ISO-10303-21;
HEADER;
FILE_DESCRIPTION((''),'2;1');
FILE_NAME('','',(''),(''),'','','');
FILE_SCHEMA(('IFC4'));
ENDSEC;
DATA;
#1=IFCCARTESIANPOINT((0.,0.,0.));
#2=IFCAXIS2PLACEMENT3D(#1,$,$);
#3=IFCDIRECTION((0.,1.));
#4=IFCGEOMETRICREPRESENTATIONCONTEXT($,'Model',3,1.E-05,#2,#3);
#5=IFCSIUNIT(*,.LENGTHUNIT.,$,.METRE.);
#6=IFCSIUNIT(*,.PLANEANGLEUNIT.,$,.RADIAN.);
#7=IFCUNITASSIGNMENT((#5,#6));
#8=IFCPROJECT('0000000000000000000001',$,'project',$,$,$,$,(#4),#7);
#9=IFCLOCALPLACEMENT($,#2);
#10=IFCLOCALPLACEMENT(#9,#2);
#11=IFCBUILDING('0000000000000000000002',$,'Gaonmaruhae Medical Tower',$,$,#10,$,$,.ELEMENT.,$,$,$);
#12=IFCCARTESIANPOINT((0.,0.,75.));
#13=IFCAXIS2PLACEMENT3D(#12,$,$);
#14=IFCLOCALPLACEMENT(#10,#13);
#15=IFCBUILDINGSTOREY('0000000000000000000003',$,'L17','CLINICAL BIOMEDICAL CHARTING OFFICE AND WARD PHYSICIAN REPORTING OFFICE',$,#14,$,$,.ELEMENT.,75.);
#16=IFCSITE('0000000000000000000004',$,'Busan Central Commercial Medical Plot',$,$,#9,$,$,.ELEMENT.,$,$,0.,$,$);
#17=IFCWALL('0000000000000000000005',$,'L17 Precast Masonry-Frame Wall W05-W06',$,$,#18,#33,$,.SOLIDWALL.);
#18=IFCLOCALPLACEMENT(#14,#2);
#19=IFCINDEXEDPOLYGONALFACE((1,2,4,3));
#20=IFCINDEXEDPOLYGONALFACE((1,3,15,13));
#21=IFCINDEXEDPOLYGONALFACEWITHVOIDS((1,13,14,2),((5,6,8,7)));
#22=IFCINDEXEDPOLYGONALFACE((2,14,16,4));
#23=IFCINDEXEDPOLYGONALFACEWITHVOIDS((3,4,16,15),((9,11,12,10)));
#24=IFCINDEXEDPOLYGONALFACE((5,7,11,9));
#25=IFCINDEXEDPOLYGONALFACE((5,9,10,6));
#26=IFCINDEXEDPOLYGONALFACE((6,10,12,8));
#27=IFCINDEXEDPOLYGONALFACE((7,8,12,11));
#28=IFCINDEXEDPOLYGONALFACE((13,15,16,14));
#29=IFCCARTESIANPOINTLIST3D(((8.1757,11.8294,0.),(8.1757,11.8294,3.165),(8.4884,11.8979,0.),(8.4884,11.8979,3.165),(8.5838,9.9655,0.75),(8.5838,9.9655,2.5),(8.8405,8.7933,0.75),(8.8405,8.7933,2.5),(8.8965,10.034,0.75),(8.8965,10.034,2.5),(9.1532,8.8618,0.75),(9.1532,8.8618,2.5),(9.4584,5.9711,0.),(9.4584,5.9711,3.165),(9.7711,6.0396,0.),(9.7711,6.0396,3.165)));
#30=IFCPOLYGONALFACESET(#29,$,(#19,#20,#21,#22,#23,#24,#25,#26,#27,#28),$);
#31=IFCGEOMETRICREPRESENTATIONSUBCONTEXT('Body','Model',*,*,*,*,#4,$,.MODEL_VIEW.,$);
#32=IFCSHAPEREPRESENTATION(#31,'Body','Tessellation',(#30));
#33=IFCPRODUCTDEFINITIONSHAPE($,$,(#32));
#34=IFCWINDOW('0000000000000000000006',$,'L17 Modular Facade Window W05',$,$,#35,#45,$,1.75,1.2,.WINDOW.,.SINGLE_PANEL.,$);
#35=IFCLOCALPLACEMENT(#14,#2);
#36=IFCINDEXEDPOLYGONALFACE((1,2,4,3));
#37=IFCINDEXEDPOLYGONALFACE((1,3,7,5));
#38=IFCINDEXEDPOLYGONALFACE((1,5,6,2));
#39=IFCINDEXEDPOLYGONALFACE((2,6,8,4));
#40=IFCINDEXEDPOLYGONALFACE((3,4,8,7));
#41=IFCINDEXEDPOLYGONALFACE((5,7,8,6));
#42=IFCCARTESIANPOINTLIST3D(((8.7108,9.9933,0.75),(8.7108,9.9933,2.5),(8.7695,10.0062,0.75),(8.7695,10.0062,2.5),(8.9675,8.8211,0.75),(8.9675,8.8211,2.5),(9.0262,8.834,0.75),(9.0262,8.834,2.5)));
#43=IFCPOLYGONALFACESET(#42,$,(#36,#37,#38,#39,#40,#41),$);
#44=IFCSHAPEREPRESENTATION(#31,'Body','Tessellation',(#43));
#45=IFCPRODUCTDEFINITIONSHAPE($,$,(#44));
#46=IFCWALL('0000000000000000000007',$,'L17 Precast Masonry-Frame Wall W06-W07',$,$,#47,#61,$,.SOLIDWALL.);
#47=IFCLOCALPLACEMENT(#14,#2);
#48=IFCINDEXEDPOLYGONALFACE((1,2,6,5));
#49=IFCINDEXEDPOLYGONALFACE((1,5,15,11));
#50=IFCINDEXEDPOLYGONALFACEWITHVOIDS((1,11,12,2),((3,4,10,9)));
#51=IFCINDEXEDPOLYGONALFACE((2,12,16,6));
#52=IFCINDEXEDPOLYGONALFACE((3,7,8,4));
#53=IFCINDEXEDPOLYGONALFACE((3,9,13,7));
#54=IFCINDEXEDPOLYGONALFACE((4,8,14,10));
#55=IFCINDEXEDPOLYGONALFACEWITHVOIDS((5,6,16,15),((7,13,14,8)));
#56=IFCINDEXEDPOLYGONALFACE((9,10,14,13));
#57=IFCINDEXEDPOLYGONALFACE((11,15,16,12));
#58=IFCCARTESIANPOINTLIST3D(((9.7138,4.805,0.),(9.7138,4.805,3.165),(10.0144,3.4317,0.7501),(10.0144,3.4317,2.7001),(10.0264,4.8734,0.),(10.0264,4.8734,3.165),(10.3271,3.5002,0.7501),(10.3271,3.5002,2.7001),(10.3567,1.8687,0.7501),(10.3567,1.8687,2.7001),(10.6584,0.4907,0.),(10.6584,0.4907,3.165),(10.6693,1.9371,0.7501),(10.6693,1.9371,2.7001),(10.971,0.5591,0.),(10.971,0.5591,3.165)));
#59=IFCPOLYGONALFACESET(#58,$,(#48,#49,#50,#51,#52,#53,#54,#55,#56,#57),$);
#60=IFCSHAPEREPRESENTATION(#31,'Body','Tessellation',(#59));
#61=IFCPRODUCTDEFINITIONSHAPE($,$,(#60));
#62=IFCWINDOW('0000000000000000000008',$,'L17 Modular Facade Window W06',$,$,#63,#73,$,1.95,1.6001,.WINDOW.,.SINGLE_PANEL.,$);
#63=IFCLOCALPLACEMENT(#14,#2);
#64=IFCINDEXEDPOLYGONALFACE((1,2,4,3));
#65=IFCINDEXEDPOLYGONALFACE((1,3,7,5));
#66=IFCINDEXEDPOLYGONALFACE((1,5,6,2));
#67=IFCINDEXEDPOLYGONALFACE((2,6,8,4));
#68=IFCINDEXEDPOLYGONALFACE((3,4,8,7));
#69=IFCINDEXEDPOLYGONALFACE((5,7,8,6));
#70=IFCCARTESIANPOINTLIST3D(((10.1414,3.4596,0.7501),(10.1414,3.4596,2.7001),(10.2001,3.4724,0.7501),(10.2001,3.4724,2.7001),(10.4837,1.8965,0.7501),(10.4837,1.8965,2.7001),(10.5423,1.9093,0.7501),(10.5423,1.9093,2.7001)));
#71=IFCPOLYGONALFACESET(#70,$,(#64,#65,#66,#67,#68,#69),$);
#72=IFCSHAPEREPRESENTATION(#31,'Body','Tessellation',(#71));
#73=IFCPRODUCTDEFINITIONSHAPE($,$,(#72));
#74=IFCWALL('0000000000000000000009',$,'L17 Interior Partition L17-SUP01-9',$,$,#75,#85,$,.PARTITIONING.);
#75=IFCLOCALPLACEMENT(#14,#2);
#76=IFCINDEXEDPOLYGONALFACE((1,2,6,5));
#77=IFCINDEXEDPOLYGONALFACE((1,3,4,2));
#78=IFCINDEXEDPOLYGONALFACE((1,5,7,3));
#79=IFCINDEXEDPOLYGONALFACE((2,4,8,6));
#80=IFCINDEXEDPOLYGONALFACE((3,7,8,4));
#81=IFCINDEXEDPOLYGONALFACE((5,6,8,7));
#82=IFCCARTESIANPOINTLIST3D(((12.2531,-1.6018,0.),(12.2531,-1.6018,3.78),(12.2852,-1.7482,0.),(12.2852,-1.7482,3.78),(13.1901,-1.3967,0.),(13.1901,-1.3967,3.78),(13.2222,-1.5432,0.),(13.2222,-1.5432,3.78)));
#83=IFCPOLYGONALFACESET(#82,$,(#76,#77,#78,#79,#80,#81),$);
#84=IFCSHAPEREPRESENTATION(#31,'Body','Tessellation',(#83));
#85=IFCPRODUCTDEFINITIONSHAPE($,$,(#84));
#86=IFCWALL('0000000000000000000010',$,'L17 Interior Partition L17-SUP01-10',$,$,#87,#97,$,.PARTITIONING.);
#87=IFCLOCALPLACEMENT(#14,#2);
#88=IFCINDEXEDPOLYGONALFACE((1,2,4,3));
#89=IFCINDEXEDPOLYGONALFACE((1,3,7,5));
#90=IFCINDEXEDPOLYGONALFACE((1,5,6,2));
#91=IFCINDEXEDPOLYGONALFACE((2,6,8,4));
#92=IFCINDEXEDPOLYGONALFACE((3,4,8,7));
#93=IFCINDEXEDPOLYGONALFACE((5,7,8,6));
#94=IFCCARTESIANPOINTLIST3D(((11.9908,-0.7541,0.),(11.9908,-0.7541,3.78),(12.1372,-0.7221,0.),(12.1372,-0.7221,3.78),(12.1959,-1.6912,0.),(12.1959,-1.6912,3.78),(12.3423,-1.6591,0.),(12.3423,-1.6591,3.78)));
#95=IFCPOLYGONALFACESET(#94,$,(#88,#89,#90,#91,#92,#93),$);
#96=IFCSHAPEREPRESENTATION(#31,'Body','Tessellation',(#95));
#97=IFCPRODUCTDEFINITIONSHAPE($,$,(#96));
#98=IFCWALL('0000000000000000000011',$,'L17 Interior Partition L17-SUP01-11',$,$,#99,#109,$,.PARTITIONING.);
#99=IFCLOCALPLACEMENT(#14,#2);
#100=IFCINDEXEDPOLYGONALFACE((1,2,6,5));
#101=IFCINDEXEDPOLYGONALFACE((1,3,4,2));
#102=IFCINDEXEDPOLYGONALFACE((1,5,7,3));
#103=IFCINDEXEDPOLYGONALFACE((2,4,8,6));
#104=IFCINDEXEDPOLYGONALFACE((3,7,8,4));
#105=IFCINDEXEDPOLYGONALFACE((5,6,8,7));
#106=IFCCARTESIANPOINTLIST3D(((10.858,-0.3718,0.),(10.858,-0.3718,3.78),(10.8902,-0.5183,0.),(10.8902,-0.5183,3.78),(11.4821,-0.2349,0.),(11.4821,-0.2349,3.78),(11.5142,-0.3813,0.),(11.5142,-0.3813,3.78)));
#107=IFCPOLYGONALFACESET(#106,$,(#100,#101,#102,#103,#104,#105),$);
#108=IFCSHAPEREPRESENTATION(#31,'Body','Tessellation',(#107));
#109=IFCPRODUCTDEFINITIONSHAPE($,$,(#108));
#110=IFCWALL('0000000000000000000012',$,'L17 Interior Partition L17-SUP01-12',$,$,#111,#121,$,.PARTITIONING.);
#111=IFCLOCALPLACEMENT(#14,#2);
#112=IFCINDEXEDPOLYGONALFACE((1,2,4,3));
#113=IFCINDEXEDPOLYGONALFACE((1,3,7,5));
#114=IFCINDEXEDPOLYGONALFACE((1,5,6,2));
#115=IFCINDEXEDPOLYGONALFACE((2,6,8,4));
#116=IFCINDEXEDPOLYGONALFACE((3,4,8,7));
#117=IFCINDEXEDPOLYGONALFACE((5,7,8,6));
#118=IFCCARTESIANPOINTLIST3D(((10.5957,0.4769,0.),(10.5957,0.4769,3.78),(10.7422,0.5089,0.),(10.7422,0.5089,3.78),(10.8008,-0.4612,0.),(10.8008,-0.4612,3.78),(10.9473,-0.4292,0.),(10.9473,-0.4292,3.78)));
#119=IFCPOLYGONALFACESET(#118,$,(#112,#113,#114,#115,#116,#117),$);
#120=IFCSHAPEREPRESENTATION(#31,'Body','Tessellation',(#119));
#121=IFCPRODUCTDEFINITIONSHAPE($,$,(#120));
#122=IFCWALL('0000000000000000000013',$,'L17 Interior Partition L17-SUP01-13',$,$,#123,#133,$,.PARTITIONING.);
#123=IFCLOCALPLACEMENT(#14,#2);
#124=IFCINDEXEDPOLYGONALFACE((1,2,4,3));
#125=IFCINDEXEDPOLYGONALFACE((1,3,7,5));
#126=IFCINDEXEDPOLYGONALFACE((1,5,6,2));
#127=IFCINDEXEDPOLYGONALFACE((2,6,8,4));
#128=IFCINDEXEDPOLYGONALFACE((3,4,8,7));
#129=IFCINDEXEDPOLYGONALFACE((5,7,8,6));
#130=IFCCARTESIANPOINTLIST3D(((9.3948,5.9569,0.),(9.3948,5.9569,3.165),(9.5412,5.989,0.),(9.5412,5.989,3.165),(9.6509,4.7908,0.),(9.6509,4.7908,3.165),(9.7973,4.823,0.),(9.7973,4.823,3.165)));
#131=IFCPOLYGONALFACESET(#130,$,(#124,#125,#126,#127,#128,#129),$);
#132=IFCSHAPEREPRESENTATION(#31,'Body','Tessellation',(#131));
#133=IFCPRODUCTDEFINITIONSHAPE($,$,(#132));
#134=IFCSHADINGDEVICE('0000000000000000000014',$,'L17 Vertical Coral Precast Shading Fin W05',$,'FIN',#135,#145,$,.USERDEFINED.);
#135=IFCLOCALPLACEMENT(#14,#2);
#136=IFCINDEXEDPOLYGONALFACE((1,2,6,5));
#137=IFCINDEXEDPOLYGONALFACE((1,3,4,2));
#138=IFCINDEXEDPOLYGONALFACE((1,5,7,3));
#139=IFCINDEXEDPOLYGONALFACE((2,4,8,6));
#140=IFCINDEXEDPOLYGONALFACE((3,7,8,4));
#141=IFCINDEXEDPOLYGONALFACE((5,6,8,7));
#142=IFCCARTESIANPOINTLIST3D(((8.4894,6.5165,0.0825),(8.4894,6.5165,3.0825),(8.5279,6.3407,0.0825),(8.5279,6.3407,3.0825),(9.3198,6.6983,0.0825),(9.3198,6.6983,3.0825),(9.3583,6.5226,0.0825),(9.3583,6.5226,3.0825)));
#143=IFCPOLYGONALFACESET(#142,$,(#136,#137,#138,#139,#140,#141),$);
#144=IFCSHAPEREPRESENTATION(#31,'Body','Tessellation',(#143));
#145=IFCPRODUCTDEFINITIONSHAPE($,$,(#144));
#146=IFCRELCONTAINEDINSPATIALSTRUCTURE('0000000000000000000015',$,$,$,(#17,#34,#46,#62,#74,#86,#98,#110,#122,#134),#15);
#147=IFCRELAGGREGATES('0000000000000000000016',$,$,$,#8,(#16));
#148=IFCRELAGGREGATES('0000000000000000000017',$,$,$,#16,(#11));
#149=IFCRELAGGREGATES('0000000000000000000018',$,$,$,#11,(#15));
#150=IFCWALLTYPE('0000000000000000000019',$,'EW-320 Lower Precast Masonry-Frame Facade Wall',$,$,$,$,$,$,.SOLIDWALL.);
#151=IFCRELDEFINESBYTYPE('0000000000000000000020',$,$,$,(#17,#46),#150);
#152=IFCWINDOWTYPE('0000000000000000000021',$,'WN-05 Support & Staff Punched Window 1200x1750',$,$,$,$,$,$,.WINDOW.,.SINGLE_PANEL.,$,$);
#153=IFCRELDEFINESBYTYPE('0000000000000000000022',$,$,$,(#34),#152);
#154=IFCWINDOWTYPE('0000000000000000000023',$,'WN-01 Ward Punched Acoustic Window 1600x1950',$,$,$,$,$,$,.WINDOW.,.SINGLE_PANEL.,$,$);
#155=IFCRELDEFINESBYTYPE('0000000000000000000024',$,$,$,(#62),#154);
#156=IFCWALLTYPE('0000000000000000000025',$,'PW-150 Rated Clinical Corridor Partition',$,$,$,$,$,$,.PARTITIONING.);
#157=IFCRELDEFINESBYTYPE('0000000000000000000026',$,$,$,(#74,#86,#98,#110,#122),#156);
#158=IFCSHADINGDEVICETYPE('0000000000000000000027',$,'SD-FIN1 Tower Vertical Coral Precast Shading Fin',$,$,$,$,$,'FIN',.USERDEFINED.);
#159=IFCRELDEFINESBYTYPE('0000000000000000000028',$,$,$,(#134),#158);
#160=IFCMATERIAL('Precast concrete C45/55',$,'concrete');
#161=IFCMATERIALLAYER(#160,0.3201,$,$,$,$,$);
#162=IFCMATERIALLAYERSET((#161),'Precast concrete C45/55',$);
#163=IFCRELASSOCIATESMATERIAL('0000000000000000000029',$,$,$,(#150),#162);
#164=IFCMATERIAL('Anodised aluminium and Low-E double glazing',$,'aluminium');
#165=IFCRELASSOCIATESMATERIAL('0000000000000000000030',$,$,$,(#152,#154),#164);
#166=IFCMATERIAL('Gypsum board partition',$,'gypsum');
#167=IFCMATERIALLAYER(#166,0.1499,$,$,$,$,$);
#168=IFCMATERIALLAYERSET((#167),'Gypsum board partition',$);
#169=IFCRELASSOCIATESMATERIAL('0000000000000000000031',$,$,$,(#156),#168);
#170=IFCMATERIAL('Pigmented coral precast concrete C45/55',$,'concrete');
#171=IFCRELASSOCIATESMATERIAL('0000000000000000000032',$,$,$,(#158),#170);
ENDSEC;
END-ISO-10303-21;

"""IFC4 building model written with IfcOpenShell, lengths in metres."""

from ifc_helpers import new_model, si_unit, direction, frame, frame_2d, origin, origin_2d, place, context, subcontext, project, spatial, rectangle, extrude, material, layer, layer_set, type_object, element, fill, save


model = new_model("IFC4")

# Units and contexts
model_context = context("Model", 3, precision=1e-05, world=origin(), true_north=direction((0.0, 1.0)))
body_context = subcontext(model_context, "Body", "Model", "MODEL_VIEW")
ifc_project = project(units=[si_unit("LENGTHUNIT", "METRE"), si_unit("PLANEANGLEUNIT", "RADIAN")], contexts=[model_context])

# Site, building, storey
site_placement = place(None, origin())
site = spatial("IfcSite", under=ifc_project, at=site_placement, Name="Busan Central Commercial Medical Plot", CompositionType="ELEMENT", RefElevation=0.0)
building_placement = place(site_placement, origin())
building = spatial("IfcBuilding", under=site, at=building_placement, Name="Gaonmaruhae Medical Tower", CompositionType="ELEMENT")
storey_placement = place(building_placement, frame((0.0, 0.0, 75.0)))
storey = spatial("IfcBuildingStorey", under=building, at=storey_placement, Name="L17", Description="CLINICAL BIOMEDICAL CHARTING OFFICE AND WARD PHYSICIAN REPORTING OFFICE", CompositionType="ELEMENT", Elevation=75.0)

# Walls, openings, windows
ifc_material_1 = material(Name="Precast concrete C45/55", Category="concrete")
ifc_layer_1 = layer(ifc_material_1, 0.3201)
ifc_layer_set_1 = layer_set([ifc_layer_1], Name="Precast concrete C45/55")
wall_type_1 = type_object("IfcWallType", Name="EW-320 Lower Precast Masonry-Frame Facade Wall", PredefinedType="SOLIDWALL", material=ifc_layer_set_1)
wall_1_placement = place(storey_placement, frame((9.6147, 6.0054, 0.0), z_axis=(0.0, 0.0, 1.0), x_axis=(-0.213886, 0.976859, 0.0)))
wall_1 = element("IfcWall", 1, at=wall_1_placement, inside=storey, type_object=wall_type_1, Name="L17 Precast Masonry-Frame Wall W05-W06", PredefinedType="SOLIDWALL", context=body_context, shape_type="SweptSolid", body=[
    extrude(rectangle(XDim=5.9971, YDim=0.3201, at=frame_2d((2.9985, 0.0))), origin(), (0.0, 0.0, 1.0), 3.165),
])
opening_1_placement = place(wall_1_placement, frame((2.8889, 0.0, 0.75)))
opening_1 = element("IfcOpeningElement", 2, at=opening_1_placement, cuts=wall_1, PredefinedType="OPENING", context=body_context, shape_type="SweptSolid", body=[
    extrude(rectangle(XDim=1.2, YDim=1.75, at=frame_2d((0.6001, 0.875))), frame((0.0, 0.1699, 0.0), z_axis=(0.0, -1.0, 0.0), x_axis=(1.0, 0.0, 0.0)), (0.0, 0.0, 1.0), 0.3401),
])
ifc_material_2 = material(Name="Anodised aluminium and Low-E double glazing", Category="aluminium")
window_type_1 = type_object("IfcWindowType", Name="WN-05 Support & Staff Punched Window 1200x1750", PartitioningType="SINGLE_PANEL", PredefinedType="WINDOW", material=ifc_material_2)
window_1_placement = place(opening_1_placement, origin())
window_1 = element("IfcWindow", 3, at=window_1_placement, inside=storey, type_object=window_type_1, Name="L17 Modular Facade Window W05", OverallHeight=1.75, OverallWidth=1.2, PartitioningType="SINGLE_PANEL", PredefinedType="WINDOW", context=body_context, shape_type="SweptSolid", body=[
    extrude(rectangle(XDim=1.2, YDim=1.75, at=frame_2d((0.6001, 0.875))), frame((0.0, 0.03, 0.0), z_axis=(0.0, -1.0, 0.0), x_axis=(1.0, 0.0, 0.0)), (0.0, 0.0, 1.0), 0.0601),
])
fill(opening_1, window_1)
wall_2_placement = place(storey_placement, frame((10.8147, 0.5249, 0.0), z_axis=(0.0, 0.0, 1.0), x_axis=(-0.21388, 0.97686, 0.0)))
wall_2 = element("IfcWall", 4, at=wall_2_placement, inside=storey, type_object=wall_type_1, Name="L17 Precast Masonry-Frame Wall W06-W07", PredefinedType="SOLIDWALL", context=body_context, shape_type="SweptSolid", body=[
    extrude(rectangle(XDim=4.4165, YDim=0.3201, at=frame_2d((2.2083, 0.0))), origin(), (0.0, 0.0, 1.0), 3.165),
])
opening_2_placement = place(wall_2_placement, frame((1.4106, 0.0, 0.75)))
opening_2 = element("IfcOpeningElement", 5, at=opening_2_placement, cuts=wall_2, PredefinedType="OPENING", context=body_context, shape_type="SweptSolid", body=[
    extrude(rectangle(XDim=1.6001, YDim=1.95, at=frame_2d((0.8, 0.9751))), frame((0.0, 0.1699, 0.0), z_axis=(0.0, -1.0, 0.0), x_axis=(1.0, 0.0, 0.0)), (0.0, 0.0, 1.0), 0.3401),
])
window_type_2 = type_object("IfcWindowType", Name="WN-01 Ward Punched Acoustic Window 1600x1950", PartitioningType="SINGLE_PANEL", PredefinedType="WINDOW", material=ifc_material_2)
window_2_placement = place(opening_2_placement, origin())
window_2 = element("IfcWindow", 6, at=window_2_placement, inside=storey, type_object=window_type_2, Name="L17 Modular Facade Window W06", OverallHeight=1.95, OverallWidth=1.6001, PartitioningType="SINGLE_PANEL", PredefinedType="WINDOW", context=body_context, shape_type="SweptSolid", body=[
    extrude(rectangle(XDim=1.6001, YDim=1.95, at=frame_2d((0.8, 0.9751))), frame((0.0, 0.03, 0.0), z_axis=(0.0, -1.0, 0.0), x_axis=(1.0, 0.0, 0.0)), (0.0, 0.0, 1.0), 0.0601),
])
fill(opening_2, window_2)

# Walls
ifc_material_3 = material(Name="Gypsum board partition", Category="gypsum")
ifc_layer_2 = layer(ifc_material_3, 0.1499)
ifc_layer_set_2 = layer_set([ifc_layer_2], Name="Gypsum board partition")
wall_type_2 = type_object("IfcWallType", Name="PW-150 Rated Clinical Corridor Partition", PredefinedType="PARTITIONING", material=ifc_layer_set_2)
for number, where, z_axis, x_axis, name in (
    (7, (13.2061, -1.47, 0.0), (0.0, 0.0, 1.0), (-0.976877, -0.213803, 0.0), "L17 Interior Partition L17-SUP01-9"),
    (8, (12.269, -1.675, 0.0), (0.0, 0.0, 1.0), (-0.213803, 0.976877, 0.0), "L17 Interior Partition L17-SUP01-10"),
):
    element("IfcWall", number, at=place(storey_placement, frame(where, z_axis=z_axis, x_axis=x_axis)), inside=storey, type_object=wall_type_2, Name=name, PredefinedType="PARTITIONING", context=body_context, shape_type="SweptSolid", body=[
        extrude(rectangle(XDim=0.9592, YDim=0.1499, at=frame_2d((0.4795, 0.0))), origin(), (0.0, 0.0, 1.0), 3.78),
    ])
wall_3_placement = place(storey_placement, frame((11.498, -0.3081, 0.0), z_axis=(0.0, 0.0, 1.0), x_axis=(-0.97675, -0.214381, 0.0)))
element("IfcWall", 9, at=wall_3_placement, inside=storey, type_object=wall_type_2, Name="L17 Interior Partition L17-SUP01-11", PredefinedType="PARTITIONING", context=body_context, shape_type="SweptSolid", body=[
    extrude(rectangle(XDim=0.6389, YDim=0.1499, at=frame_2d((0.3193, 0.0))), origin(), (0.0, 0.0, 1.0), 3.78),
])
wall_4_placement = place(storey_placement, frame((10.874, -0.4451, 0.0), z_axis=(0.0, 0.0, 1.0), x_axis=(-0.213591, 0.976923, 0.0)))
element("IfcWall", 10, at=wall_4_placement, inside=storey, type_object=wall_type_2, Name="L17 Interior Partition L17-SUP01-12", PredefinedType="PARTITIONING", context=body_context, shape_type="SweptSolid", body=[
    extrude(rectangle(XDim=0.9602, YDim=0.1499, at=frame_2d((0.48, 0.0))), origin(), (0.0, 0.0, 1.0), 3.78),
])
wall_5_placement = place(storey_placement, frame((9.7241, 4.8069, 0.0), z_axis=(0.0, 0.0, 1.0), x_axis=(-0.214526, 0.976718, 0.0)))
element("IfcWall", 11, at=wall_5_placement, inside=storey, type_object=wall_type_2, Name="L17 Interior Partition L17-SUP01-13", PredefinedType="PARTITIONING", context=body_context, shape_type="SweptSolid", body=[
    extrude(rectangle(XDim=1.1938, YDim=0.1499, at=frame_2d((0.5969, 0.0))), origin(), (0.0, 0.0, 1.0), 3.165),
])

# Shading device
ifc_material_4 = material(Name="Pigmented coral precast concrete C45/55", Category="concrete")
shading_device_type = type_object("IfcShadingDeviceType", Name="SD-FIN1 Tower Vertical Coral Precast Shading Fin", ElementType="FIN", PredefinedType="USERDEFINED", material=ifc_material_4)
shading_device_placement = place(storey_placement, frame((8.9238, 6.5195, 0.0825), z_axis=(0.0, 0.0, 1.0), x_axis=(-0.213883, 0.976859, 0.0)))
element("IfcShadingDevice", 12, at=shading_device_placement, inside=storey, type_object=shading_device_type, Name="L17 Vertical Coral Precast Shading Fin W05", ObjectType="FIN", PredefinedType="USERDEFINED", context=body_context, shape_type="SweptSolid", body=[
    extrude(rectangle(XDim=0.1799, YDim=0.8501, at=origin_2d()), origin(), (0.0, 0.0, 1.0), 3.0),
])

save(model, "model.ifc")
